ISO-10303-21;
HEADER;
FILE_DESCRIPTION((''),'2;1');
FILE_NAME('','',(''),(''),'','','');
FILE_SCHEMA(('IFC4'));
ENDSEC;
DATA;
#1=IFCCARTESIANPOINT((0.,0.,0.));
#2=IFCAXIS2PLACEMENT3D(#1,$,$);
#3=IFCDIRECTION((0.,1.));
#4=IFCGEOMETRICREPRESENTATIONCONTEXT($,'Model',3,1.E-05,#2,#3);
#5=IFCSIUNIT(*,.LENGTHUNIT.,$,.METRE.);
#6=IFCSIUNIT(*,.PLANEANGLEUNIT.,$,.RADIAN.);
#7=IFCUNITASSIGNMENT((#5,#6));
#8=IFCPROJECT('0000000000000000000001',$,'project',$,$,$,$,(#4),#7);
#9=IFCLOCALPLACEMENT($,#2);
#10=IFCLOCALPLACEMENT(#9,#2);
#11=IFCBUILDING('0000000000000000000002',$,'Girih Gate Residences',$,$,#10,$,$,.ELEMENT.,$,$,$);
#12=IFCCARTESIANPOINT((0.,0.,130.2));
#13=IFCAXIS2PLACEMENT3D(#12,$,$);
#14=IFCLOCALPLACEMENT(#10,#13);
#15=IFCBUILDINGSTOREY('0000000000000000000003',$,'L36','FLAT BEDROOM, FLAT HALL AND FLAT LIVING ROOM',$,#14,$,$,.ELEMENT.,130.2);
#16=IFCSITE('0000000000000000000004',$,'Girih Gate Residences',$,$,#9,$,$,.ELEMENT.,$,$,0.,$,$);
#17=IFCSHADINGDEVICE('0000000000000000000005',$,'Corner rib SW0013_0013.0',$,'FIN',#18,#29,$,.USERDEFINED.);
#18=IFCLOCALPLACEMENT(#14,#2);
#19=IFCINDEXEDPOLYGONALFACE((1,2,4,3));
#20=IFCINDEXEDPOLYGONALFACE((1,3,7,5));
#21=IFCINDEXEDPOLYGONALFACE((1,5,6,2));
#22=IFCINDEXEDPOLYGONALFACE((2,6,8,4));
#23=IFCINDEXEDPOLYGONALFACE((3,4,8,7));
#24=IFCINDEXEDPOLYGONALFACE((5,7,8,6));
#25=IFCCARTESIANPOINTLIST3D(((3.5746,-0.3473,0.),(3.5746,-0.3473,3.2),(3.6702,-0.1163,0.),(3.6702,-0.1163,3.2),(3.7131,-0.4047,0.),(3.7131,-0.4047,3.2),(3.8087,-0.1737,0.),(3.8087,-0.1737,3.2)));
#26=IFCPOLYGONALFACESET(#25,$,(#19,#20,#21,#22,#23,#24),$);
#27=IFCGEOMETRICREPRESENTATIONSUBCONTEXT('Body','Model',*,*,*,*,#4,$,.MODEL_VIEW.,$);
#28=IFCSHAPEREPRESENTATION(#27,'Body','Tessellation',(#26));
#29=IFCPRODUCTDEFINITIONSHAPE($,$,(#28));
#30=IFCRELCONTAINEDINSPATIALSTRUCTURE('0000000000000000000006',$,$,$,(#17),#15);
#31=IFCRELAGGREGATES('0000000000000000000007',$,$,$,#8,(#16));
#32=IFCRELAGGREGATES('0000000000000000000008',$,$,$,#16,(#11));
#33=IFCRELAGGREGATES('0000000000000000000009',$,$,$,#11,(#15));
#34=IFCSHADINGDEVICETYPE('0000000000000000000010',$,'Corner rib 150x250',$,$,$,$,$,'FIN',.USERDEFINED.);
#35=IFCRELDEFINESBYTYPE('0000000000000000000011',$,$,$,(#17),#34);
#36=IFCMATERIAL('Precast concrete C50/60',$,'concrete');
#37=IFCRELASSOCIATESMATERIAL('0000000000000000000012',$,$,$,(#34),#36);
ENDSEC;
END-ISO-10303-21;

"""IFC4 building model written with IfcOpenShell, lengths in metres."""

from ifc_helpers import new_model, si_unit, direction, frame, origin, origin_2d, place, context, subcontext, project, spatial, rectangle, extrude, material, type_object, element, save


model = new_model("IFC4")

# Units and contexts
model_context = context("Model", 3, precision=1e-05, world=origin(), true_north=direction((0.0, 1.0)))
body_context = subcontext(model_context, "Body", "Model", "MODEL_VIEW")
ifc_project = project(units=[si_unit("LENGTHUNIT", "METRE"), si_unit("PLANEANGLEUNIT", "RADIAN")], contexts=[model_context])

# Site, building, storey
site_placement = place(None, origin())
site = spatial("IfcSite", under=ifc_project, at=site_placement, Name="Girih Gate Residences", CompositionType="ELEMENT", RefElevation=0.0)
building_placement = place(site_placement, origin())
building = spatial("IfcBuilding", under=site, at=building_placement, Name="Girih Gate Residences", CompositionType="ELEMENT")
storey_placement = place(building_placement, frame((0.0, 0.0, 130.2)))
storey = spatial("IfcBuildingStorey", under=building, at=storey_placement, Name="L36", Description="FLAT BEDROOM, FLAT HALL AND FLAT LIVING ROOM", CompositionType="ELEMENT", Elevation=130.2)

# Shared definitions
ifc_material_1 = material(Name="Precast concrete C50/60", Category="concrete")

# Shading device
shading_device_type = type_object("IfcShadingDeviceType", Name="Corner rib 150x250", ElementType="FIN", PredefinedType="USERDEFINED", material=ifc_material_1)
for number, where, z_axis, x_axis, name in (
    (1, (3.6917, -0.2605, 0.0), (0.0, 0.0, 1.0), (0.92388, -0.382683, 0.0), "Corner rib SW0013_0013.0"),
):
    element("IfcShadingDevice", number, at=place(storey_placement, frame(where, z_axis=z_axis, x_axis=x_axis)), inside=storey, type_object=shading_device_type, Name=name, ObjectType="FIN", PredefinedType="USERDEFINED", context=body_context, shape_type="SweptSolid", body=[
        extrude(rectangle(XDim=0.1499, YDim=0.25, at=origin_2d()), origin(), (0.0, 0.0, 1.0), 3.2),
    ])

save(model, "model.ifc")
